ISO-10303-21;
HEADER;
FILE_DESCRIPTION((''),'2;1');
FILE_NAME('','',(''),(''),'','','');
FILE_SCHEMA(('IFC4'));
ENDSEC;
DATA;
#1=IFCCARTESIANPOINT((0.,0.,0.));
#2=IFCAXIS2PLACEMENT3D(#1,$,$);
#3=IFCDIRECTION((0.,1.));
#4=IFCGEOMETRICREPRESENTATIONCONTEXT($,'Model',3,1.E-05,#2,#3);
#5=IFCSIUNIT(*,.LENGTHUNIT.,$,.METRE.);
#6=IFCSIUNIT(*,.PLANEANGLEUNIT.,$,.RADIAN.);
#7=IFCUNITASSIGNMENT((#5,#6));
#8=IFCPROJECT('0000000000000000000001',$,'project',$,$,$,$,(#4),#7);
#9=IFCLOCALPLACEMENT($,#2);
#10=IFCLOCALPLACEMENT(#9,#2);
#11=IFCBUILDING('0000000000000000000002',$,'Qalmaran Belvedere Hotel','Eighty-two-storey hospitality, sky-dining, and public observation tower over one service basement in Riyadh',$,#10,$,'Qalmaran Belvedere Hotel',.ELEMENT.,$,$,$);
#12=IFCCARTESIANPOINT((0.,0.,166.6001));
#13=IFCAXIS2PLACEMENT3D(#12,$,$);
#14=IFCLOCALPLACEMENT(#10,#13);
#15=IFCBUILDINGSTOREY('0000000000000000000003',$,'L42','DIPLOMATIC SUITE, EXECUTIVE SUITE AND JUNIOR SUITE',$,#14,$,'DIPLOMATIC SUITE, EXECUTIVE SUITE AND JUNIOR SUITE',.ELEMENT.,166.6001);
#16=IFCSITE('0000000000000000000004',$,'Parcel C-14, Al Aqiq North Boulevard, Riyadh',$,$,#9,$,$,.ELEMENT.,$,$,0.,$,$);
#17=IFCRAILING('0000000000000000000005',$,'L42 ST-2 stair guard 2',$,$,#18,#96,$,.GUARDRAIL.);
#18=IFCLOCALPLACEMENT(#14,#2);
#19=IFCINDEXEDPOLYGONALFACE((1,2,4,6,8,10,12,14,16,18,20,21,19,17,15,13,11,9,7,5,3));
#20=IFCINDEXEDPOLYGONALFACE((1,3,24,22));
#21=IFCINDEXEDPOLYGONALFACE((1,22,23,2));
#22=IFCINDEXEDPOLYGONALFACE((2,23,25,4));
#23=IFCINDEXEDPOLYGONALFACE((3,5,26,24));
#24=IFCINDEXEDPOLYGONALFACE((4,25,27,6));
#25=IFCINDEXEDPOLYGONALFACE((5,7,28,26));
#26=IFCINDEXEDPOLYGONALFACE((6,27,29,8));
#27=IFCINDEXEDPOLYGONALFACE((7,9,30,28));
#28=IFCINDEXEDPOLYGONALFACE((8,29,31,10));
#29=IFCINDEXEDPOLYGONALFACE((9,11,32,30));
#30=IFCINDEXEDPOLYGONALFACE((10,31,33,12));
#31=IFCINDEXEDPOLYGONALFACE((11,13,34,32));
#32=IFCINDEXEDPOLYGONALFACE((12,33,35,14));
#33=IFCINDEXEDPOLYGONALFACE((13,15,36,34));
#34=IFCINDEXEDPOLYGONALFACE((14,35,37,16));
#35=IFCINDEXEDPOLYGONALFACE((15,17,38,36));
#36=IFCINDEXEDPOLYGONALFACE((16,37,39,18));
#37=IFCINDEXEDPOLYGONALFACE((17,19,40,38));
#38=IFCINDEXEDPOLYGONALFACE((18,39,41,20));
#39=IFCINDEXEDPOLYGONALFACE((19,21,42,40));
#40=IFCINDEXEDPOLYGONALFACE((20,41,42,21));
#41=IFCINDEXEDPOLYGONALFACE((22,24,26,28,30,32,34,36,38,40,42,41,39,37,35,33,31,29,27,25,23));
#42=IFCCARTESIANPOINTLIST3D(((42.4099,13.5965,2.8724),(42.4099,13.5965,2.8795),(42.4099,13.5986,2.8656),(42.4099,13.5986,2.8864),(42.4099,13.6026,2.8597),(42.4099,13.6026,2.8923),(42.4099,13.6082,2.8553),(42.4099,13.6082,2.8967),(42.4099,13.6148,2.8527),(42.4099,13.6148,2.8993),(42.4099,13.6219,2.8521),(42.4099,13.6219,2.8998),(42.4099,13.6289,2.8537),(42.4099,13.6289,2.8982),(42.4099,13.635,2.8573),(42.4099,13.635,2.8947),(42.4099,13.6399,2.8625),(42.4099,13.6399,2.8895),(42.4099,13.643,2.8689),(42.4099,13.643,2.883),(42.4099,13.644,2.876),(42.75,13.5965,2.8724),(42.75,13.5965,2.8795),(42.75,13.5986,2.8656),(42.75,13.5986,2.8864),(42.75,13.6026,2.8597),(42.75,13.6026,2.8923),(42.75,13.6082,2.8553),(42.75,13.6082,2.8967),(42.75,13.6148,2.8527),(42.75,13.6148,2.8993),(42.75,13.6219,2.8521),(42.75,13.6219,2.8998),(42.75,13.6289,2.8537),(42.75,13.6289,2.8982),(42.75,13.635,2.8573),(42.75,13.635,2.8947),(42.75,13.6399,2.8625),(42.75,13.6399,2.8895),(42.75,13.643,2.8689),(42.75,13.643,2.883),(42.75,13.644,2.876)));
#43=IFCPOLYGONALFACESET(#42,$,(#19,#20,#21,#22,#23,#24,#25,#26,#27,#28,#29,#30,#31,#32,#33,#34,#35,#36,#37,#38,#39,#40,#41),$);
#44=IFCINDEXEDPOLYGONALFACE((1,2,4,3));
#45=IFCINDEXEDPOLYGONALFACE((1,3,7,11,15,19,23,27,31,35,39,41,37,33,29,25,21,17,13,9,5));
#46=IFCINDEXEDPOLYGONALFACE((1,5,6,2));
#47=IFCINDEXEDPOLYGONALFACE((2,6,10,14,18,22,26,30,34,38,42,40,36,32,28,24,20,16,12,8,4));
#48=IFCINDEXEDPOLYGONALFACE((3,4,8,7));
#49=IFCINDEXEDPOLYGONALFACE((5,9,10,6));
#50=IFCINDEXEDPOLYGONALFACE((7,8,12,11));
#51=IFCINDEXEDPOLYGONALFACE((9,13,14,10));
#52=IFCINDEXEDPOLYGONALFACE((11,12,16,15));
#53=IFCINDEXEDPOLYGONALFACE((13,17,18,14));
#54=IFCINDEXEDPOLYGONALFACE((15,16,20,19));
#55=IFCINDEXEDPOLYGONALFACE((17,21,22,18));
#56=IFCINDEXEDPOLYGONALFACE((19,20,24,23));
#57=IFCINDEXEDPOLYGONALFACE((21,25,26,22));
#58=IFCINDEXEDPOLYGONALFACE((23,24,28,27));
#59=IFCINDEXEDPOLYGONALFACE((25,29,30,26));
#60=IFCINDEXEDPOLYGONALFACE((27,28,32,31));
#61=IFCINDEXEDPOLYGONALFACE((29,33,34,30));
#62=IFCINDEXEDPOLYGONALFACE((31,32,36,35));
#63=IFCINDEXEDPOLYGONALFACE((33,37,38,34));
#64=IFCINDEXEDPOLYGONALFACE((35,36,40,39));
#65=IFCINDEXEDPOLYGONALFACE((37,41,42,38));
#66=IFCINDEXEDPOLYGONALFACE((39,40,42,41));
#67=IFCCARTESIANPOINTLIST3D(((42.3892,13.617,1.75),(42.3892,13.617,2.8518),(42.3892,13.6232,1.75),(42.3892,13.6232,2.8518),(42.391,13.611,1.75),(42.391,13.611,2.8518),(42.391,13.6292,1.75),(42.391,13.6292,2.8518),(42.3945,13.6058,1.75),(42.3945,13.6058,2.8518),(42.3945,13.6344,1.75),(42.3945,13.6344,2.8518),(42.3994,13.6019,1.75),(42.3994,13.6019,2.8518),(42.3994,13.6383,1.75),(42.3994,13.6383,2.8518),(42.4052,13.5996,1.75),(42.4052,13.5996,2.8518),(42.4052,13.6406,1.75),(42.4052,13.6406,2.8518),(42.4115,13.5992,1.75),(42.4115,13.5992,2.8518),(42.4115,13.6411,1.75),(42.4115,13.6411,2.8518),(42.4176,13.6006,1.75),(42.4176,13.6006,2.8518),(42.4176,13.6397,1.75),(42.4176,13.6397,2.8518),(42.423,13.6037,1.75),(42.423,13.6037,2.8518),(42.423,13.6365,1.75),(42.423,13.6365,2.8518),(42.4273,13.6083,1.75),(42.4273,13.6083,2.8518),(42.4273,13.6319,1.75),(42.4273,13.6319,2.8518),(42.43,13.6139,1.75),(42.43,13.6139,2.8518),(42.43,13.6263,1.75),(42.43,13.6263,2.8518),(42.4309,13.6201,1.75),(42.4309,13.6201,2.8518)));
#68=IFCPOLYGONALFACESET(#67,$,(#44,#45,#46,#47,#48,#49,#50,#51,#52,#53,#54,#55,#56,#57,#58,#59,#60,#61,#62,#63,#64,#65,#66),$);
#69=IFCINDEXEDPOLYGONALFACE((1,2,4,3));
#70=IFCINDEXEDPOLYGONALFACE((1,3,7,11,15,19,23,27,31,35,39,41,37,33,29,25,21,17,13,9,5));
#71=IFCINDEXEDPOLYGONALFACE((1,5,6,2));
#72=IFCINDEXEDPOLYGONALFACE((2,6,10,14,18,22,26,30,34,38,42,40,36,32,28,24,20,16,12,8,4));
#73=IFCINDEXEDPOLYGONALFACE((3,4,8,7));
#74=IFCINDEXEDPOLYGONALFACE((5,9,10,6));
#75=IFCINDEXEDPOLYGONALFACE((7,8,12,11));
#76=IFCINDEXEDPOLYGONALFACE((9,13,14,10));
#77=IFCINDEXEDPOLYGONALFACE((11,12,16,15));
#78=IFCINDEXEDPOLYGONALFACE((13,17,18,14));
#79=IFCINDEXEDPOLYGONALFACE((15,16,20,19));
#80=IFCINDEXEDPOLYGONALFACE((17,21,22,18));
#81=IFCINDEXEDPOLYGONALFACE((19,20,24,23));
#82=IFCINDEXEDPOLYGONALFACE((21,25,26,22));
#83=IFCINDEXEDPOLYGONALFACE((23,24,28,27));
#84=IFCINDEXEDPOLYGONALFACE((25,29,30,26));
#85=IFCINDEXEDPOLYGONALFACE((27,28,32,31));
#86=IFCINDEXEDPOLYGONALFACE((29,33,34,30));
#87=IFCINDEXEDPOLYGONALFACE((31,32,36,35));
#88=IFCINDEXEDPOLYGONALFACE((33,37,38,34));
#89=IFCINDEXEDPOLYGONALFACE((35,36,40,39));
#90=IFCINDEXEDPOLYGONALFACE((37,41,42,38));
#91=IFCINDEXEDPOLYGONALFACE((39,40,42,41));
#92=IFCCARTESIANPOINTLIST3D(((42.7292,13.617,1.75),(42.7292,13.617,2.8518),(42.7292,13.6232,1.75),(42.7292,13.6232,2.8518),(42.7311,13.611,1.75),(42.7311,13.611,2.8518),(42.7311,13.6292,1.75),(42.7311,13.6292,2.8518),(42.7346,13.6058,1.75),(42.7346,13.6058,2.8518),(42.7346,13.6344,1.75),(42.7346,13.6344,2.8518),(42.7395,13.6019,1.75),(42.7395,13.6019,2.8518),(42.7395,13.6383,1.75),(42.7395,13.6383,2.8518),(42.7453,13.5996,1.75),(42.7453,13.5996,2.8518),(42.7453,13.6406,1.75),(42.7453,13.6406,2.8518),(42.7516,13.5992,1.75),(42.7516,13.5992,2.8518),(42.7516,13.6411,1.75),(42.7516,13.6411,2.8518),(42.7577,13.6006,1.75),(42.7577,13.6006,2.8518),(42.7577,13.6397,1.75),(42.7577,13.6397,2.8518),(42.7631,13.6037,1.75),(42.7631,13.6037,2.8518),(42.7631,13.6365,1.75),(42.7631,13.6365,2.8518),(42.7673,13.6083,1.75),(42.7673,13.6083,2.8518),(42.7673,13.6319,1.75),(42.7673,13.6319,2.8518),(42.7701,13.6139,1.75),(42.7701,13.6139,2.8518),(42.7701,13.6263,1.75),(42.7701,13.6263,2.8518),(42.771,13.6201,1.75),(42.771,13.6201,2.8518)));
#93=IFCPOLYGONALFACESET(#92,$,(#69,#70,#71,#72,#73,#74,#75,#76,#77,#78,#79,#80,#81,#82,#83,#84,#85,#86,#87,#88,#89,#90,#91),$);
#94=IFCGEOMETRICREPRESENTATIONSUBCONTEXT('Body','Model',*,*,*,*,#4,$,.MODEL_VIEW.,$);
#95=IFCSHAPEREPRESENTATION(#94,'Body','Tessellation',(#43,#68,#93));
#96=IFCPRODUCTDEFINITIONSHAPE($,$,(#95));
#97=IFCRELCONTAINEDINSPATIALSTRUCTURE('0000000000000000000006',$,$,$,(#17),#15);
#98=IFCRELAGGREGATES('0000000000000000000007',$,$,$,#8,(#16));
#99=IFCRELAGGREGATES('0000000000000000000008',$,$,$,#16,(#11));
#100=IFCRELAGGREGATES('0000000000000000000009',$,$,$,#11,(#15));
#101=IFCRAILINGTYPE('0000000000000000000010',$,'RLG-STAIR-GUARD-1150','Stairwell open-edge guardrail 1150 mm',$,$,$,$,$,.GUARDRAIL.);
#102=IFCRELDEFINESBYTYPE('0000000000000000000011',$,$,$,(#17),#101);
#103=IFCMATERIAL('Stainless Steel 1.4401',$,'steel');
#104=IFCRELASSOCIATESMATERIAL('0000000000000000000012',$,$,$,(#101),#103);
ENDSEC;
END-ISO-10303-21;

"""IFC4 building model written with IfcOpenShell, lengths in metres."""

from ifc_helpers import new_model, si_unit, direction, frame, origin, origin_2d, place, context, subcontext, project, spatial, circle, extrude, material, type_object, element, save


model = new_model("IFC4")

# Units and contexts
model_context = context("Model", 3, precision=1e-05, world=origin(), true_north=direction((0.0, 1.0)))
body_context = subcontext(model_context, "Body", "Model", "MODEL_VIEW")
ifc_project = project(units=[si_unit("LENGTHUNIT", "METRE"), si_unit("PLANEANGLEUNIT", "RADIAN")], contexts=[model_context])

# Site, building, storey
site_placement = place(None, origin())
site = spatial("IfcSite", under=ifc_project, at=site_placement, Name="Parcel C-14, Al Aqiq North Boulevard, Riyadh", CompositionType="ELEMENT", RefElevation=0.0)
building_placement = place(site_placement, origin())
building = spatial("IfcBuilding", under=site, at=building_placement, Name="Qalmaran Belvedere Hotel", Description="Eighty-two-storey hospitality, sky-dining, and public observation tower over one service basement in Riyadh", LongName="Qalmaran Belvedere Hotel", CompositionType="ELEMENT")
storey_placement = place(building_placement, frame((0.0, 0.0, 166.6001)))
storey = spatial("IfcBuildingStorey", under=building, at=storey_placement, Name="L42", Description="DIPLOMATIC SUITE, EXECUTIVE SUITE AND JUNIOR SUITE", LongName="DIPLOMATIC SUITE, EXECUTIVE SUITE AND JUNIOR SUITE", CompositionType="ELEMENT", Elevation=166.6001)

# Shared definitions
ifc_material_1 = material(Name="Stainless Steel 1.4401", Category="steel")

# Railing
railing_type_1 = type_object("IfcRailingType", Name="RLG-STAIR-GUARD-1150", Description="Stairwell open-edge guardrail 1150 mm", PredefinedType="GUARDRAIL", material=ifc_material_1)
railing_1_placement = place(storey_placement, frame((42.4099, 13.6201, 1.75)))
element("IfcRailing", 1, at=railing_1_placement, inside=storey, type_object=railing_type_1, Name="L42 ST-2 stair guard 2", PredefinedType="GUARDRAIL", context=body_context, shape_type="SweptSolid", body=[
    extrude(circle(Radius=0.0239, at=origin_2d()), frame((0.0, 0.0, 1.126), z_axis=(1.0, 0.0, 0.0), x_axis=(0.0, 1.0, 0.0)), (0.0, 0.0, 1.0), 0.3401),
    extrude(circle(Radius=0.021, at=origin_2d()), origin(), (0.0, 0.0, 1.0), 1.1018),
    extrude(circle(Radius=0.021, at=origin_2d()), frame((0.3401, 0.0, 0.0)), (0.0, 0.0, 1.0), 1.1018),
])

save(model, "model.ifc")
